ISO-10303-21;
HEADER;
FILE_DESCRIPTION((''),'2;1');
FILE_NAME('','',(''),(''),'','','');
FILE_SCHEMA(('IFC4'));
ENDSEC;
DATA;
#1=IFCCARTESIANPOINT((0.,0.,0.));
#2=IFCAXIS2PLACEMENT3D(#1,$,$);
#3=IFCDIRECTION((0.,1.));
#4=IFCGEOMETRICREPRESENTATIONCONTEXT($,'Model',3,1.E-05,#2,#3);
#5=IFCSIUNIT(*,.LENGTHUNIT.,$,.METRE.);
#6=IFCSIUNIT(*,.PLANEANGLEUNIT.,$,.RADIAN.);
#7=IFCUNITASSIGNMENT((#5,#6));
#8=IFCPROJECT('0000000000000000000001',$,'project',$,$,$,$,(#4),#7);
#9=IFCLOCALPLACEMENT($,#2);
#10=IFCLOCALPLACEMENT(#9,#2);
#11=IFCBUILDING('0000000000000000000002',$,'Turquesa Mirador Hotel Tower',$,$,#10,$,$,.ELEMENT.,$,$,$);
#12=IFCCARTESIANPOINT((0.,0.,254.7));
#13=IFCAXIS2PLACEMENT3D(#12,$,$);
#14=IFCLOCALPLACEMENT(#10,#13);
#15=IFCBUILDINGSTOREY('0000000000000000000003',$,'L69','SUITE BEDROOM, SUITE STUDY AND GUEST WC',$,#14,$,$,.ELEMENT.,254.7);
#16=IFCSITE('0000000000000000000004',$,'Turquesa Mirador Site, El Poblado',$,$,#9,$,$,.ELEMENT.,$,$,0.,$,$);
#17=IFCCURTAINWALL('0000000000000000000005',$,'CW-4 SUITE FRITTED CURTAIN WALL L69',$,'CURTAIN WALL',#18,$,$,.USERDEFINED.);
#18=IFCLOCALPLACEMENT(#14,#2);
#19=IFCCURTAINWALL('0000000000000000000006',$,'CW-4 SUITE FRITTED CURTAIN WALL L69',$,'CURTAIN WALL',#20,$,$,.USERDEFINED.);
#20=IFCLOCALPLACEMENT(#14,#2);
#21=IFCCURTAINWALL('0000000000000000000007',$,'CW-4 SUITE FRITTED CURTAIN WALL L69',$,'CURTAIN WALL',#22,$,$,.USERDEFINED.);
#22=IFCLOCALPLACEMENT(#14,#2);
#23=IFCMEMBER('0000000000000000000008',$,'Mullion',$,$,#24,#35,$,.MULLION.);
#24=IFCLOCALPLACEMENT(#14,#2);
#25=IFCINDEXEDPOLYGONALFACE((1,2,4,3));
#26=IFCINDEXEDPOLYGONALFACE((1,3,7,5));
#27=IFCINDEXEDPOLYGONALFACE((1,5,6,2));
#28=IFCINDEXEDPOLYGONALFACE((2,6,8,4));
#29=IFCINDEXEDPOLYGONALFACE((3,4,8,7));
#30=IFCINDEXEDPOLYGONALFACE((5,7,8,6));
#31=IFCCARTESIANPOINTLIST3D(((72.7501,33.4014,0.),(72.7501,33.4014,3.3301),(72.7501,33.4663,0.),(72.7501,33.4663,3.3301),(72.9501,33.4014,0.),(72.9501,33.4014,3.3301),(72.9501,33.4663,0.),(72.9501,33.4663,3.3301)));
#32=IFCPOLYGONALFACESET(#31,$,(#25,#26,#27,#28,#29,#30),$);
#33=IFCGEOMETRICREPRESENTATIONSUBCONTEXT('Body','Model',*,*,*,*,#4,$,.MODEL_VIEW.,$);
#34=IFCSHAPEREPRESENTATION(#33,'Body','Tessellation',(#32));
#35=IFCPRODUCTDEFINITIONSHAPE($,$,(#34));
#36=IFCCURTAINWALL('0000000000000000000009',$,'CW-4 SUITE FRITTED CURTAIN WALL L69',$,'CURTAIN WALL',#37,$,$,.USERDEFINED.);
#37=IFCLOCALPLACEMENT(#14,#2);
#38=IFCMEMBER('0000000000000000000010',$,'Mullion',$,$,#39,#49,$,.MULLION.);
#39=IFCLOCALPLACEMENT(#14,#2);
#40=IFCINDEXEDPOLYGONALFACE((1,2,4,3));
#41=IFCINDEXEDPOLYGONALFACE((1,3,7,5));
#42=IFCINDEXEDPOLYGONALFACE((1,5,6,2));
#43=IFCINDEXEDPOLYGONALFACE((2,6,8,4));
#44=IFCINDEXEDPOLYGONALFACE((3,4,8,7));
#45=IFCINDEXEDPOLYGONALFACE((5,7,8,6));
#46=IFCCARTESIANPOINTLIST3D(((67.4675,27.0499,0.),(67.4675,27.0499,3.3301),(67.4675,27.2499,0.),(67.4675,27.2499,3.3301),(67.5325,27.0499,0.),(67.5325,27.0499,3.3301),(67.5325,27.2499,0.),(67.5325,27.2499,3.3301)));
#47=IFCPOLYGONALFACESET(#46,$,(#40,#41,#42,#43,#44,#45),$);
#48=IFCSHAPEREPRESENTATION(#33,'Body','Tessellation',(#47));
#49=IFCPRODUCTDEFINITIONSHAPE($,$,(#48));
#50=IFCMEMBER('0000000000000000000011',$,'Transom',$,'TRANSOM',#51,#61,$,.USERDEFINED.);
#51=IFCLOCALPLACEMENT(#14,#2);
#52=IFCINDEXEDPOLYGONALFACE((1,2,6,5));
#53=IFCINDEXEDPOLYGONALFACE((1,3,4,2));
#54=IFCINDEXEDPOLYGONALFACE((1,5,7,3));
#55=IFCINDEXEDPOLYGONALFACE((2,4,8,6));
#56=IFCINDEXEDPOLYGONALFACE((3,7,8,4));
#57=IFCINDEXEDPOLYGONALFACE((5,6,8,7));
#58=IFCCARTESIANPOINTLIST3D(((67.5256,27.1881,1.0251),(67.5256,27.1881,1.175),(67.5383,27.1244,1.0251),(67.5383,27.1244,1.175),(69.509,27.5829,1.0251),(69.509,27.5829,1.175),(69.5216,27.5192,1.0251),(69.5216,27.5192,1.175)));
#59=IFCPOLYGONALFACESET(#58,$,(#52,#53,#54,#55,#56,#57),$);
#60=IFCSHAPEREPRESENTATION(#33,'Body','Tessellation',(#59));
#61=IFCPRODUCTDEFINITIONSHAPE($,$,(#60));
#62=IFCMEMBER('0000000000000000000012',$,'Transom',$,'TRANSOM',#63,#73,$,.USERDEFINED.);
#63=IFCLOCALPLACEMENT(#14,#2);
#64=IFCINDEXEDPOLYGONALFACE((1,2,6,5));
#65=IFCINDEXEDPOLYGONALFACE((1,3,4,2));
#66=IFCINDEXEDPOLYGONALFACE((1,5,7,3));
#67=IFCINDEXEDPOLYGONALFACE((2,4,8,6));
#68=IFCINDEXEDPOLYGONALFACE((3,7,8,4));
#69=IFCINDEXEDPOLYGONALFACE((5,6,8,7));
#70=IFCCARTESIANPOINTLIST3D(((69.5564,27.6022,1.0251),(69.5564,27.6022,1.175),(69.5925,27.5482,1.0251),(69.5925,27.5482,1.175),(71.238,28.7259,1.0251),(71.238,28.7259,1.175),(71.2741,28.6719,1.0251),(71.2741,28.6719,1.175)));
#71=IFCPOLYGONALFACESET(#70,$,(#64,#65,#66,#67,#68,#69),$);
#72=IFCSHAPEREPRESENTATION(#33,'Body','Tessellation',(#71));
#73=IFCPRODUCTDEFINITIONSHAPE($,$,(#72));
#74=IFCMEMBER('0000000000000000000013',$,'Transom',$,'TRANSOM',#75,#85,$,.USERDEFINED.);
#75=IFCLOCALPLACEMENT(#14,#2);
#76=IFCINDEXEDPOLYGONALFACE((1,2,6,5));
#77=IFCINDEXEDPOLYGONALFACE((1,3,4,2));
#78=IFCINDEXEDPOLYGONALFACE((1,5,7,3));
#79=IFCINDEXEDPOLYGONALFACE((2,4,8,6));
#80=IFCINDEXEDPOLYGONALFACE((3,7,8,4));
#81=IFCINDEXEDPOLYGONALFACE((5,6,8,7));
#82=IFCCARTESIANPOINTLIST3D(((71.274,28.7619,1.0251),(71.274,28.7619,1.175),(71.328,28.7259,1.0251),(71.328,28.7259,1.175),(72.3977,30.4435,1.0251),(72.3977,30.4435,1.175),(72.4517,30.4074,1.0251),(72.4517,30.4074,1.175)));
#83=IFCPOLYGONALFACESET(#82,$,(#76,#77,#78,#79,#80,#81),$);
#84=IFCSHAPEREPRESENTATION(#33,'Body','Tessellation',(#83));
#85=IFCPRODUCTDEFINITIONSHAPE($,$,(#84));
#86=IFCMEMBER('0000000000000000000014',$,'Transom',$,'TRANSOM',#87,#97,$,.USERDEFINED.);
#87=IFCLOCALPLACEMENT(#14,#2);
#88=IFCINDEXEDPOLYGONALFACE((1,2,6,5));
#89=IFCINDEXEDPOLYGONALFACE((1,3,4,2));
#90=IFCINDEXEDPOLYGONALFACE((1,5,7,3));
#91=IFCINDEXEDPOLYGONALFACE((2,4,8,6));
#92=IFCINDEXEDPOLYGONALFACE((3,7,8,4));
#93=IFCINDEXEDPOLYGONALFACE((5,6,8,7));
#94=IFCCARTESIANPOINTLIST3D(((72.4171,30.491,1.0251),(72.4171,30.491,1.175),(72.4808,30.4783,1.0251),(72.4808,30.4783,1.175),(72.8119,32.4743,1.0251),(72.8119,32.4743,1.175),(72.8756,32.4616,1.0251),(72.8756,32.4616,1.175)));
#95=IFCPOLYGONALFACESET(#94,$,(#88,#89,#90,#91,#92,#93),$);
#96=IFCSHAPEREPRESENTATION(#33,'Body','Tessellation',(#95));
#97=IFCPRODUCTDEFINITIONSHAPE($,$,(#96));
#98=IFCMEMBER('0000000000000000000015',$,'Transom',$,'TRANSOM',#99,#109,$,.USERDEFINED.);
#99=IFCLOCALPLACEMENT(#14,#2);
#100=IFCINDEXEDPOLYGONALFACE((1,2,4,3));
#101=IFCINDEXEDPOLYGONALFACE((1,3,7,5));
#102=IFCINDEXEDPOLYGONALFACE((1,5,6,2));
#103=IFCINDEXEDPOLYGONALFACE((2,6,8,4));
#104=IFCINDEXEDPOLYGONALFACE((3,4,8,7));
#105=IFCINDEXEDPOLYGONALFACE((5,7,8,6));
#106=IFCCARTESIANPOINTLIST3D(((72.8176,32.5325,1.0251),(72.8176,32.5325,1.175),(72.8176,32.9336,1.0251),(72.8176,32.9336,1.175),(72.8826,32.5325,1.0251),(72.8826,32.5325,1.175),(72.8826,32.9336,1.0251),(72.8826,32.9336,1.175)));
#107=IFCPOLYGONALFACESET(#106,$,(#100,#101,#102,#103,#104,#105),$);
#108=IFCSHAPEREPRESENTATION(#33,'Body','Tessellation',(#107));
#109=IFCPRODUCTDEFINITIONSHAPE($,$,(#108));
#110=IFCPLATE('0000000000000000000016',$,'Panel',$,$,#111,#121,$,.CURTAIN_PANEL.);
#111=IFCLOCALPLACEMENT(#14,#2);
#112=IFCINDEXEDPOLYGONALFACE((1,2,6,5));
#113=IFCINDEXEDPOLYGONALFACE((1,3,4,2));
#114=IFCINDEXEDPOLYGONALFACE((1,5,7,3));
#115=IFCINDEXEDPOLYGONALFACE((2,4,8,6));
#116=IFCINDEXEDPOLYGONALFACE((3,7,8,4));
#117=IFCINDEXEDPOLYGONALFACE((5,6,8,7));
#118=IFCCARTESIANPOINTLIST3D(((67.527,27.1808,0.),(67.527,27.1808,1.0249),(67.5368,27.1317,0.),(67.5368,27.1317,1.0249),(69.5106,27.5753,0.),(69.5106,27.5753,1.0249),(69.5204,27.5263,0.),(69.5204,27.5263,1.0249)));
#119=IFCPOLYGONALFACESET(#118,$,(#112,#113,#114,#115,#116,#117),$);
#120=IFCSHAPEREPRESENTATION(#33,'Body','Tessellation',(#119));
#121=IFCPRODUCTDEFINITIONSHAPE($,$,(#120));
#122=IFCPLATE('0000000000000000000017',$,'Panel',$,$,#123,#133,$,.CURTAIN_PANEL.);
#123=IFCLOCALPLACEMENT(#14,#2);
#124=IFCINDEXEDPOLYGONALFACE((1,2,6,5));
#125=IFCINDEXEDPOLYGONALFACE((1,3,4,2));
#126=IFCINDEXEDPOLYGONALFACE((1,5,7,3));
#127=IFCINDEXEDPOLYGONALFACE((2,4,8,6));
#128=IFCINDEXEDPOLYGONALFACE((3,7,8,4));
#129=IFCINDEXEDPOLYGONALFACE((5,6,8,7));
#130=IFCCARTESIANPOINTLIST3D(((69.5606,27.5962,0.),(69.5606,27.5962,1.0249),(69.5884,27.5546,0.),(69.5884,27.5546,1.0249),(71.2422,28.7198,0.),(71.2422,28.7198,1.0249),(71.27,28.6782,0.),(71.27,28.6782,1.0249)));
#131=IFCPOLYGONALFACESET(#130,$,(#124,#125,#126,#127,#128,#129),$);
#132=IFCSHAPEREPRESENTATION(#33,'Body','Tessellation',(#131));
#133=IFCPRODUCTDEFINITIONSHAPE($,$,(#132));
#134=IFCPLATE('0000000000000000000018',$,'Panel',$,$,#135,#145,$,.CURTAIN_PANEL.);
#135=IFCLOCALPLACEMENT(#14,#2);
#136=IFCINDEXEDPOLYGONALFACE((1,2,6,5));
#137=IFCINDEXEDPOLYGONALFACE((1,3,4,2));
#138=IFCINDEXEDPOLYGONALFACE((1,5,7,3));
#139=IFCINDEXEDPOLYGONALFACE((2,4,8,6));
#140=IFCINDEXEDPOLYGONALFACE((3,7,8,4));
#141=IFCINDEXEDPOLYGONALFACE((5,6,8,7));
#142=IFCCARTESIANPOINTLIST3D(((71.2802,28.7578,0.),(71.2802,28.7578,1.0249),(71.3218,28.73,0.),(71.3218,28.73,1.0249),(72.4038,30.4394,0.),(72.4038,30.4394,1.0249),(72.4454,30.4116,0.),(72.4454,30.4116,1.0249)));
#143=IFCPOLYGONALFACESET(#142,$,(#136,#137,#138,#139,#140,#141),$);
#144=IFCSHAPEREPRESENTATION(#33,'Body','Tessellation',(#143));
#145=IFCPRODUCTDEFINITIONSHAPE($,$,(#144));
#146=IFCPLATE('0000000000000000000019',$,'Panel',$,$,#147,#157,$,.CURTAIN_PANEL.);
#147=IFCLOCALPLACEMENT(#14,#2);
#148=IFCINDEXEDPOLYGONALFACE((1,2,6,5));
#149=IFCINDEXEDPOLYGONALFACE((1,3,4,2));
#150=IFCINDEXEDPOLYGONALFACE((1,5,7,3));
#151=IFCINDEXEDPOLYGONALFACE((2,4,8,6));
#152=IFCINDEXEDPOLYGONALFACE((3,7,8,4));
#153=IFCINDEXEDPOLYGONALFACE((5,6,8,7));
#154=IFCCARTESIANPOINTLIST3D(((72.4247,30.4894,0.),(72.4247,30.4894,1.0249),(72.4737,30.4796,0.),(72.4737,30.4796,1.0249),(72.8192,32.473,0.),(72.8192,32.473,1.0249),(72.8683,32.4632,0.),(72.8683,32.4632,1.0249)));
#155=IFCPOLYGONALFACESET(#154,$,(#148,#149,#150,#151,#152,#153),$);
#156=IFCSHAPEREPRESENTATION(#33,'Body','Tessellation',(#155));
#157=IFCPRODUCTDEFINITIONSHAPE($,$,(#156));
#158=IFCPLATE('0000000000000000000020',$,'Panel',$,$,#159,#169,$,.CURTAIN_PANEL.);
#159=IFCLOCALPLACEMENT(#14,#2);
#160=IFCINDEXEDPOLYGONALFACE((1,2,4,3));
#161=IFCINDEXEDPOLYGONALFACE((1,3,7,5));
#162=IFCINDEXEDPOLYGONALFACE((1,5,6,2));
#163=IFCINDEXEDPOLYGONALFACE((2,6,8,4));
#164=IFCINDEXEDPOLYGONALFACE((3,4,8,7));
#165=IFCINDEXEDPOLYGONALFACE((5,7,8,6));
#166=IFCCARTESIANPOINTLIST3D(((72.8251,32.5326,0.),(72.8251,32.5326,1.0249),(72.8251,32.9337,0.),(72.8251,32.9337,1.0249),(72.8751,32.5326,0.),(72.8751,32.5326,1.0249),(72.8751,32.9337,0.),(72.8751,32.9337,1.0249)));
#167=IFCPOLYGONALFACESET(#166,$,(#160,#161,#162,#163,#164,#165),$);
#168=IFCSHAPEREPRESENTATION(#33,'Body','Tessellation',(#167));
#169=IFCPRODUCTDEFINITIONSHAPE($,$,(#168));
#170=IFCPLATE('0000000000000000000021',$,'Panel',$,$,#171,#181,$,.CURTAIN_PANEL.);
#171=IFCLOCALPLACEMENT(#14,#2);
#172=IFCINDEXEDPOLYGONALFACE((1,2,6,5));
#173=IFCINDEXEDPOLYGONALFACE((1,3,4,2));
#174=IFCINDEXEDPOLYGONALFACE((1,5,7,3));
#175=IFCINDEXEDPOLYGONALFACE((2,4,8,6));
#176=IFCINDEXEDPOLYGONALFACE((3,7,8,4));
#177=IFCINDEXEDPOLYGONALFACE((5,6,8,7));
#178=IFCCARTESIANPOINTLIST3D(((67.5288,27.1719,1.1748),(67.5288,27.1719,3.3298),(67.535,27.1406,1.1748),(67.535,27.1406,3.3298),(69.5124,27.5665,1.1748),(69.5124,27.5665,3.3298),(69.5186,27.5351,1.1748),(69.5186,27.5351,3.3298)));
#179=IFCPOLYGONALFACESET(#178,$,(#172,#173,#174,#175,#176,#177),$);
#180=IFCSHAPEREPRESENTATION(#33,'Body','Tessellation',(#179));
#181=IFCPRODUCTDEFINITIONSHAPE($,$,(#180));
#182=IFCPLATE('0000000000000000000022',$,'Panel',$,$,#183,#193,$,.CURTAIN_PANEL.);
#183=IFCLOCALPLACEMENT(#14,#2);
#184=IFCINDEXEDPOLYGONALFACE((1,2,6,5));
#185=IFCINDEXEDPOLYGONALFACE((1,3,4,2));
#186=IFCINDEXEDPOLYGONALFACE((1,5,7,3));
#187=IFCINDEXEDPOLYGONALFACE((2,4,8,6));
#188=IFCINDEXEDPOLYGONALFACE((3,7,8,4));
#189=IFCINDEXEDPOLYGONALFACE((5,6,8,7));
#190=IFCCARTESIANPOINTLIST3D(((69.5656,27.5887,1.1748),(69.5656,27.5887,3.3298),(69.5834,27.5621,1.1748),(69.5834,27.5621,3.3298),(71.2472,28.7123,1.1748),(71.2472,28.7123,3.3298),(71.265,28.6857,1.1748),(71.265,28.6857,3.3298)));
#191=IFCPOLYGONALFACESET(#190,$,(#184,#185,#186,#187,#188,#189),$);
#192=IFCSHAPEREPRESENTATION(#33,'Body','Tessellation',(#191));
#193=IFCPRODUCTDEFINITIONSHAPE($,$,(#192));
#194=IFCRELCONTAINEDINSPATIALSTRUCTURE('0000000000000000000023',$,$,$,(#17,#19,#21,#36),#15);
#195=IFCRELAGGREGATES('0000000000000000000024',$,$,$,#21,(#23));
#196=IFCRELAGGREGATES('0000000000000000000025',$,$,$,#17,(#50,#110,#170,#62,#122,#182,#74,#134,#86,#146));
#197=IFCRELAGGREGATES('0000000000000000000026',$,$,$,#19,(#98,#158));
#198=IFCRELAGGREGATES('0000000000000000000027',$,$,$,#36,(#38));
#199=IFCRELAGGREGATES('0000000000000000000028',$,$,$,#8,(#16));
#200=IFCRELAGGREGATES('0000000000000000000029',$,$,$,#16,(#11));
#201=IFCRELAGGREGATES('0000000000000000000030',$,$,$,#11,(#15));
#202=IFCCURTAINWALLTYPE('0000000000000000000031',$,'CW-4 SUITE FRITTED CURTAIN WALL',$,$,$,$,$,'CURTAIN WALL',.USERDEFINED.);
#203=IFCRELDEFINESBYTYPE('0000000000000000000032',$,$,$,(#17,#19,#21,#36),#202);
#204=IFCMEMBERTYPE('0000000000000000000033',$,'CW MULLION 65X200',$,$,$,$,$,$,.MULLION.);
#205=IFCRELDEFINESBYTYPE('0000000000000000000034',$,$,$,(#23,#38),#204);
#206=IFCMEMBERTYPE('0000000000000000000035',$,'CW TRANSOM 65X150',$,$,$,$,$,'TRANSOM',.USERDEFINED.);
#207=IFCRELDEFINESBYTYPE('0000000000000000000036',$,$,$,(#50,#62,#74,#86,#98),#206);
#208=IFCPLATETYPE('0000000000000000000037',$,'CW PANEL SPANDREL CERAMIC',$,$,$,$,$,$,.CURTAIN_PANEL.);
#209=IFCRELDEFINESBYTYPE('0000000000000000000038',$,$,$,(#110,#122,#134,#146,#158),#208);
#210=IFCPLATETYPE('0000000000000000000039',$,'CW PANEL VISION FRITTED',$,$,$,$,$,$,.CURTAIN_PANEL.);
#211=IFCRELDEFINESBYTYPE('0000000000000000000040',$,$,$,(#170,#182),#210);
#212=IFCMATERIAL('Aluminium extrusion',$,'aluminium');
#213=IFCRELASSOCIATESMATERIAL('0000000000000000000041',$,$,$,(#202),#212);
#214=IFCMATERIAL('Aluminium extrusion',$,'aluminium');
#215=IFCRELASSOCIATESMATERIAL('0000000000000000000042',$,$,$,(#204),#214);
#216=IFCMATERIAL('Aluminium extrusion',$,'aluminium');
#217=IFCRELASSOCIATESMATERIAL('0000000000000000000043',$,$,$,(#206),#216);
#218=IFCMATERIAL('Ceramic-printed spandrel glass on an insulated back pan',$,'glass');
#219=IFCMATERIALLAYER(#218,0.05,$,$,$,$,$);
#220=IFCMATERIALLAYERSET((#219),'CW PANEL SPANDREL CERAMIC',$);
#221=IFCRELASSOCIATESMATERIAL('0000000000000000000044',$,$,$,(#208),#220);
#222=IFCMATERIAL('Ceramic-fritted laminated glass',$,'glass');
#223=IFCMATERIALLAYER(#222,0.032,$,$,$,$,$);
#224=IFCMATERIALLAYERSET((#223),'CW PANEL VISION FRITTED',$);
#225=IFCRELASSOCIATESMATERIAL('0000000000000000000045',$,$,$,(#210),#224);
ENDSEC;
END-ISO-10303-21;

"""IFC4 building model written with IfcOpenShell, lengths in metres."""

from ifc_helpers import new_model, si_unit, direction, frame, origin, origin_2d, place, context, subcontext, project, spatial, rectangle, extrude, material, layer, layer_set, material_profile, profile_set, type_object, element, aggregate, save


model = new_model("IFC4")

# Units and contexts
model_context = context("Model", 3, precision=1e-05, world=origin(), true_north=direction((0.0, 1.0)))
body_context = subcontext(model_context, "Body", "Model", "MODEL_VIEW")
ifc_project = project(units=[si_unit("LENGTHUNIT", "METRE"), si_unit("PLANEANGLEUNIT", "RADIAN")], contexts=[model_context])

# Site, building, storey
site_placement = place(None, origin())
site = spatial("IfcSite", under=ifc_project, at=site_placement, Name="Turquesa Mirador Site, El Poblado", CompositionType="ELEMENT", RefElevation=0.0)
building_placement = place(site_placement, origin())
building = spatial("IfcBuilding", under=site, at=building_placement, Name="Turquesa Mirador Hotel Tower", CompositionType="ELEMENT")
storey_placement = place(building_placement, frame((0.0, 0.0, 254.7)))
storey = spatial("IfcBuildingStorey", under=building, at=storey_placement, Name="L69", Description="SUITE BEDROOM, SUITE STUDY AND GUEST WC", CompositionType="ELEMENT", Elevation=254.7)

# Curtain walls
ifc_material_1 = material(Name="Aluminium extrusion", Category="aluminium")
curtain_wall_type = type_object("IfcCurtainWallType", Name="CW-4 SUITE FRITTED CURTAIN WALL", ElementType="CURTAIN WALL", PredefinedType="USERDEFINED", material=ifc_material_1)
curtain_wall_1_placement = place(storey_placement, origin())
curtain_wall_1 = element("IfcCurtainWall", 1, at=curtain_wall_1_placement, inside=storey, type_object=curtain_wall_type, Name="CW-4 SUITE FRITTED CURTAIN WALL L69", ObjectType="CURTAIN WALL", PredefinedType="USERDEFINED")
ifc_material_2 = material(Name="Aluminium extrusion", Category="aluminium")
ifc_material_profile_1 = material_profile(ifc_material_2, rectangle(XDim=0.0649, YDim=0.2, at=origin_2d()), Name="MULLION 65X200")
ifc_profile_set_1 = profile_set([ifc_material_profile_1], Name="Aluminium extrusion")
member_type_1 = type_object("IfcMemberType", Name="CW MULLION 65X200", PredefinedType="MULLION", material=ifc_profile_set_1)
curtain_wall_2_placement = place(storey_placement, origin())
curtain_wall_2 = element("IfcCurtainWall", 2, at=curtain_wall_2_placement, inside=storey, type_object=curtain_wall_type, Name="CW-4 SUITE FRITTED CURTAIN WALL L69", ObjectType="CURTAIN WALL", PredefinedType="USERDEFINED")

# Curtain walls, members
curtain_wall_3_placement = place(storey_placement, origin())
curtain_wall_3 = element("IfcCurtainWall", 3, at=curtain_wall_3_placement, inside=storey, type_object=curtain_wall_type, Name="CW-4 SUITE FRITTED CURTAIN WALL L69", ObjectType="CURTAIN WALL", PredefinedType="USERDEFINED")
member_1_placement = place(storey_placement, frame((72.8501, 33.4338, 0.0), z_axis=(0.0, 0.0, 1.0), x_axis=(0.0, 1.0, 0.0)))
member_1 = element("IfcMember", 4, at=member_1_placement, type_object=member_type_1, Name="Mullion", PredefinedType="MULLION", context=body_context, shape_type="SweptSolid", body=[
    extrude(rectangle(XDim=0.0649, YDim=0.2, at=origin_2d()), origin(), (0.0, 0.0, 1.0), 3.3301),
])
aggregate(curtain_wall_3, [member_1])
curtain_wall_4_placement = place(storey_placement, origin())
curtain_wall_4 = element("IfcCurtainWall", 5, at=curtain_wall_4_placement, inside=storey, type_object=curtain_wall_type, Name="CW-4 SUITE FRITTED CURTAIN WALL L69", ObjectType="CURTAIN WALL", PredefinedType="USERDEFINED")
member_2_placement = place(storey_placement, frame((67.5, 27.1499, 0.0), z_axis=(0.0, 0.0, 1.0), x_axis=(1.0, 0.0, 0.0)))
member_2 = element("IfcMember", 6, at=member_2_placement, type_object=member_type_1, Name="Mullion", PredefinedType="MULLION", context=body_context, shape_type="SweptSolid", body=[
    extrude(rectangle(XDim=0.0649, YDim=0.2, at=origin_2d()), origin(), (0.0, 0.0, 1.0), 3.3301),
])

# Members
ifc_material_3 = material(Name="Aluminium extrusion", Category="aluminium")
ifc_material_profile_2 = material_profile(ifc_material_3, rectangle(XDim=0.0649, YDim=0.1499, at=origin_2d()), Name="TRANSOM 65X150")
ifc_profile_set_2 = profile_set([ifc_material_profile_2], Name="Aluminium extrusion")
member_type_2 = type_object("IfcMemberType", Name="CW TRANSOM 65X150", ElementType="TRANSOM", PredefinedType="USERDEFINED", material=ifc_profile_set_2)
member_3_placement = place(storey_placement, frame((67.532, 27.1562, 1.1001), z_axis=(0.980761, 0.195211, 0.0), x_axis=(-0.195211, 0.980761, 0.0)))
member_3 = element("IfcMember", 7, at=member_3_placement, type_object=member_type_2, Name="Transom", ObjectType="TRANSOM", PredefinedType="USERDEFINED", context=body_context, shape_type="SweptSolid", body=[
    extrude(rectangle(XDim=0.0649, YDim=0.1499, at=origin_2d()), origin(), (0.0, 0.0, 1.0), 2.0222),
])
member_4_placement = place(storey_placement, frame((69.5745, 27.5752, 1.1001), z_axis=(0.831437, 0.555619, 0.0), x_axis=(-0.555619, 0.831437, 0.0)))
member_4 = element("IfcMember", 8, at=member_4_placement, type_object=member_type_2, Name="Transom", ObjectType="TRANSOM", PredefinedType="USERDEFINED", context=body_context, shape_type="SweptSolid", body=[
    extrude(rectangle(XDim=0.0649, YDim=0.1499, at=origin_2d()), origin(), (0.0, 0.0, 1.0), 2.0225),
])
member_5_placement = place(storey_placement, frame((71.301, 28.7439, 1.1001), z_axis=(0.555619, 0.831437, 0.0), x_axis=(-0.831437, 0.555619, 0.0)))
member_5 = element("IfcMember", 9, at=member_5_placement, type_object=member_type_2, Name="Transom", ObjectType="TRANSOM", PredefinedType="USERDEFINED", context=body_context, shape_type="SweptSolid", body=[
    extrude(rectangle(XDim=0.0649, YDim=0.1499, at=origin_2d()), origin(), (0.0, 0.0, 1.0), 2.0225),
])
member_6_placement = place(storey_placement, frame((72.449, 30.4846, 1.1001), z_axis=(0.195211, 0.980761, 0.0), x_axis=(-0.980761, 0.195211, 0.0)))
member_6 = element("IfcMember", 10, at=member_6_placement, type_object=member_type_2, Name="Transom", ObjectType="TRANSOM", PredefinedType="USERDEFINED", context=body_context, shape_type="SweptSolid", body=[
    extrude(rectangle(XDim=0.0649, YDim=0.1499, at=origin_2d()), origin(), (0.0, 0.0, 1.0), 2.0222),
])
member_7_placement = place(storey_placement, frame((72.8501, 32.5325, 1.1001), z_axis=(0.0, 1.0, 0.0), x_axis=(-1.0, 0.0, 0.0)))
member_7 = element("IfcMember", 11, at=member_7_placement, type_object=member_type_2, Name="Transom", ObjectType="TRANSOM", PredefinedType="USERDEFINED", context=body_context, shape_type="SweptSolid", body=[
    extrude(rectangle(XDim=0.0649, YDim=0.1499, at=origin_2d()), origin(), (0.0, 0.0, 1.0), 0.4011),
])

# Plates
ifc_material_4 = material(Name="Ceramic-printed spandrel glass on an insulated back pan", Category="glass")
ifc_layer_1 = layer(ifc_material_4, 0.05)
ifc_layer_set_1 = layer_set([ifc_layer_1], Name="CW PANEL SPANDREL CERAMIC")
plate_type_1 = type_object("IfcPlateType", Name="CW PANEL SPANDREL CERAMIC", PredefinedType="CURTAIN_PANEL", material=ifc_layer_set_1)
plate_1_placement = place(storey_placement, frame((68.5237, 27.3535, 0.0), z_axis=(0.0, 0.0, 1.0), x_axis=(0.980785, 0.195091, 0.0)))
plate_1 = element("IfcPlate", 12, at=plate_1_placement, type_object=plate_type_1, Name="Panel", PredefinedType="CURTAIN_PANEL", context=body_context, shape_type="SweptSolid", body=[
    extrude(rectangle(XDim=2.0225, YDim=0.05, at=origin_2d()), origin(), (0.0, 0.0, 1.0), 1.0249),
])
plate_2_placement = place(storey_placement, frame((70.4153, 28.1372, 0.0), z_axis=(0.0, 0.0, 1.0), x_axis=(0.83147, 0.55557, 0.0)))
plate_2 = element("IfcPlate", 13, at=plate_2_placement, type_object=plate_type_1, Name="Panel", PredefinedType="CURTAIN_PANEL", context=body_context, shape_type="SweptSolid", body=[
    extrude(rectangle(XDim=2.0225, YDim=0.05, at=origin_2d()), origin(), (0.0, 0.0, 1.0), 1.0249),
])
plate_3_placement = place(storey_placement, frame((71.8628, 29.5847, 0.0), z_axis=(0.0, 0.0, 1.0), x_axis=(0.55557, 0.83147, 0.0)))
plate_3 = element("IfcPlate", 14, at=plate_3_placement, type_object=plate_type_1, Name="Panel", PredefinedType="CURTAIN_PANEL", context=body_context, shape_type="SweptSolid", body=[
    extrude(rectangle(XDim=2.0225, YDim=0.05, at=origin_2d()), origin(), (0.0, 0.0, 1.0), 1.0249),
])
plate_4_placement = place(storey_placement, frame((72.6465, 31.4763, 0.0), z_axis=(0.0, 0.0, 1.0), x_axis=(0.195091, 0.980785, 0.0)))
plate_4 = element("IfcPlate", 15, at=plate_4_placement, type_object=plate_type_1, Name="Panel", PredefinedType="CURTAIN_PANEL", context=body_context, shape_type="SweptSolid", body=[
    extrude(rectangle(XDim=2.0225, YDim=0.05, at=origin_2d()), origin(), (0.0, 0.0, 1.0), 1.0249),
])
plate_5_placement = place(storey_placement, frame((72.8501, 32.7332, 0.0), z_axis=(0.0, 0.0, 1.0), x_axis=(0.0, 1.0, 0.0)))
plate_5 = element("IfcPlate", 16, at=plate_5_placement, type_object=plate_type_1, Name="Panel", PredefinedType="CURTAIN_PANEL", context=body_context, shape_type="SweptSolid", body=[
    extrude(rectangle(XDim=0.4011, YDim=0.05, at=origin_2d()), origin(), (0.0, 0.0, 1.0), 1.0249),
])
ifc_material_5 = material(Name="Ceramic-fritted laminated glass", Category="glass")
ifc_layer_2 = layer(ifc_material_5, 0.032)
ifc_layer_set_2 = layer_set([ifc_layer_2], Name="CW PANEL VISION FRITTED")
plate_type_2 = type_object("IfcPlateType", Name="CW PANEL VISION FRITTED", PredefinedType="CURTAIN_PANEL", material=ifc_layer_set_2)
plate_6_placement = place(storey_placement, frame((68.5237, 27.3535, 1.1748), z_axis=(0.0, 0.0, 1.0), x_axis=(0.980785, 0.195091, 0.0)))
plate_6 = element("IfcPlate", 17, at=plate_6_placement, type_object=plate_type_2, Name="Panel", PredefinedType="CURTAIN_PANEL", context=body_context, shape_type="SweptSolid", body=[
    extrude(rectangle(XDim=2.0225, YDim=0.032, at=origin_2d()), origin(), (0.0, 0.0, 1.0), 2.155),
])
plate_7_placement = place(storey_placement, frame((70.4153, 28.1372, 1.1748), z_axis=(0.0, 0.0, 1.0), x_axis=(0.83147, 0.55557, 0.0)))
plate_7 = element("IfcPlate", 18, at=plate_7_placement, type_object=plate_type_2, Name="Panel", PredefinedType="CURTAIN_PANEL", context=body_context, shape_type="SweptSolid", body=[
    extrude(rectangle(XDim=2.0225, YDim=0.032, at=origin_2d()), origin(), (0.0, 0.0, 1.0), 2.155),
])
aggregate(curtain_wall_1, [member_3, plate_1, plate_6, member_4, plate_2, plate_7, member_5, plate_3, member_6, plate_4])
aggregate(curtain_wall_2, [member_7, plate_5])
aggregate(curtain_wall_4, [member_2])

save(model, "model.ifc")
